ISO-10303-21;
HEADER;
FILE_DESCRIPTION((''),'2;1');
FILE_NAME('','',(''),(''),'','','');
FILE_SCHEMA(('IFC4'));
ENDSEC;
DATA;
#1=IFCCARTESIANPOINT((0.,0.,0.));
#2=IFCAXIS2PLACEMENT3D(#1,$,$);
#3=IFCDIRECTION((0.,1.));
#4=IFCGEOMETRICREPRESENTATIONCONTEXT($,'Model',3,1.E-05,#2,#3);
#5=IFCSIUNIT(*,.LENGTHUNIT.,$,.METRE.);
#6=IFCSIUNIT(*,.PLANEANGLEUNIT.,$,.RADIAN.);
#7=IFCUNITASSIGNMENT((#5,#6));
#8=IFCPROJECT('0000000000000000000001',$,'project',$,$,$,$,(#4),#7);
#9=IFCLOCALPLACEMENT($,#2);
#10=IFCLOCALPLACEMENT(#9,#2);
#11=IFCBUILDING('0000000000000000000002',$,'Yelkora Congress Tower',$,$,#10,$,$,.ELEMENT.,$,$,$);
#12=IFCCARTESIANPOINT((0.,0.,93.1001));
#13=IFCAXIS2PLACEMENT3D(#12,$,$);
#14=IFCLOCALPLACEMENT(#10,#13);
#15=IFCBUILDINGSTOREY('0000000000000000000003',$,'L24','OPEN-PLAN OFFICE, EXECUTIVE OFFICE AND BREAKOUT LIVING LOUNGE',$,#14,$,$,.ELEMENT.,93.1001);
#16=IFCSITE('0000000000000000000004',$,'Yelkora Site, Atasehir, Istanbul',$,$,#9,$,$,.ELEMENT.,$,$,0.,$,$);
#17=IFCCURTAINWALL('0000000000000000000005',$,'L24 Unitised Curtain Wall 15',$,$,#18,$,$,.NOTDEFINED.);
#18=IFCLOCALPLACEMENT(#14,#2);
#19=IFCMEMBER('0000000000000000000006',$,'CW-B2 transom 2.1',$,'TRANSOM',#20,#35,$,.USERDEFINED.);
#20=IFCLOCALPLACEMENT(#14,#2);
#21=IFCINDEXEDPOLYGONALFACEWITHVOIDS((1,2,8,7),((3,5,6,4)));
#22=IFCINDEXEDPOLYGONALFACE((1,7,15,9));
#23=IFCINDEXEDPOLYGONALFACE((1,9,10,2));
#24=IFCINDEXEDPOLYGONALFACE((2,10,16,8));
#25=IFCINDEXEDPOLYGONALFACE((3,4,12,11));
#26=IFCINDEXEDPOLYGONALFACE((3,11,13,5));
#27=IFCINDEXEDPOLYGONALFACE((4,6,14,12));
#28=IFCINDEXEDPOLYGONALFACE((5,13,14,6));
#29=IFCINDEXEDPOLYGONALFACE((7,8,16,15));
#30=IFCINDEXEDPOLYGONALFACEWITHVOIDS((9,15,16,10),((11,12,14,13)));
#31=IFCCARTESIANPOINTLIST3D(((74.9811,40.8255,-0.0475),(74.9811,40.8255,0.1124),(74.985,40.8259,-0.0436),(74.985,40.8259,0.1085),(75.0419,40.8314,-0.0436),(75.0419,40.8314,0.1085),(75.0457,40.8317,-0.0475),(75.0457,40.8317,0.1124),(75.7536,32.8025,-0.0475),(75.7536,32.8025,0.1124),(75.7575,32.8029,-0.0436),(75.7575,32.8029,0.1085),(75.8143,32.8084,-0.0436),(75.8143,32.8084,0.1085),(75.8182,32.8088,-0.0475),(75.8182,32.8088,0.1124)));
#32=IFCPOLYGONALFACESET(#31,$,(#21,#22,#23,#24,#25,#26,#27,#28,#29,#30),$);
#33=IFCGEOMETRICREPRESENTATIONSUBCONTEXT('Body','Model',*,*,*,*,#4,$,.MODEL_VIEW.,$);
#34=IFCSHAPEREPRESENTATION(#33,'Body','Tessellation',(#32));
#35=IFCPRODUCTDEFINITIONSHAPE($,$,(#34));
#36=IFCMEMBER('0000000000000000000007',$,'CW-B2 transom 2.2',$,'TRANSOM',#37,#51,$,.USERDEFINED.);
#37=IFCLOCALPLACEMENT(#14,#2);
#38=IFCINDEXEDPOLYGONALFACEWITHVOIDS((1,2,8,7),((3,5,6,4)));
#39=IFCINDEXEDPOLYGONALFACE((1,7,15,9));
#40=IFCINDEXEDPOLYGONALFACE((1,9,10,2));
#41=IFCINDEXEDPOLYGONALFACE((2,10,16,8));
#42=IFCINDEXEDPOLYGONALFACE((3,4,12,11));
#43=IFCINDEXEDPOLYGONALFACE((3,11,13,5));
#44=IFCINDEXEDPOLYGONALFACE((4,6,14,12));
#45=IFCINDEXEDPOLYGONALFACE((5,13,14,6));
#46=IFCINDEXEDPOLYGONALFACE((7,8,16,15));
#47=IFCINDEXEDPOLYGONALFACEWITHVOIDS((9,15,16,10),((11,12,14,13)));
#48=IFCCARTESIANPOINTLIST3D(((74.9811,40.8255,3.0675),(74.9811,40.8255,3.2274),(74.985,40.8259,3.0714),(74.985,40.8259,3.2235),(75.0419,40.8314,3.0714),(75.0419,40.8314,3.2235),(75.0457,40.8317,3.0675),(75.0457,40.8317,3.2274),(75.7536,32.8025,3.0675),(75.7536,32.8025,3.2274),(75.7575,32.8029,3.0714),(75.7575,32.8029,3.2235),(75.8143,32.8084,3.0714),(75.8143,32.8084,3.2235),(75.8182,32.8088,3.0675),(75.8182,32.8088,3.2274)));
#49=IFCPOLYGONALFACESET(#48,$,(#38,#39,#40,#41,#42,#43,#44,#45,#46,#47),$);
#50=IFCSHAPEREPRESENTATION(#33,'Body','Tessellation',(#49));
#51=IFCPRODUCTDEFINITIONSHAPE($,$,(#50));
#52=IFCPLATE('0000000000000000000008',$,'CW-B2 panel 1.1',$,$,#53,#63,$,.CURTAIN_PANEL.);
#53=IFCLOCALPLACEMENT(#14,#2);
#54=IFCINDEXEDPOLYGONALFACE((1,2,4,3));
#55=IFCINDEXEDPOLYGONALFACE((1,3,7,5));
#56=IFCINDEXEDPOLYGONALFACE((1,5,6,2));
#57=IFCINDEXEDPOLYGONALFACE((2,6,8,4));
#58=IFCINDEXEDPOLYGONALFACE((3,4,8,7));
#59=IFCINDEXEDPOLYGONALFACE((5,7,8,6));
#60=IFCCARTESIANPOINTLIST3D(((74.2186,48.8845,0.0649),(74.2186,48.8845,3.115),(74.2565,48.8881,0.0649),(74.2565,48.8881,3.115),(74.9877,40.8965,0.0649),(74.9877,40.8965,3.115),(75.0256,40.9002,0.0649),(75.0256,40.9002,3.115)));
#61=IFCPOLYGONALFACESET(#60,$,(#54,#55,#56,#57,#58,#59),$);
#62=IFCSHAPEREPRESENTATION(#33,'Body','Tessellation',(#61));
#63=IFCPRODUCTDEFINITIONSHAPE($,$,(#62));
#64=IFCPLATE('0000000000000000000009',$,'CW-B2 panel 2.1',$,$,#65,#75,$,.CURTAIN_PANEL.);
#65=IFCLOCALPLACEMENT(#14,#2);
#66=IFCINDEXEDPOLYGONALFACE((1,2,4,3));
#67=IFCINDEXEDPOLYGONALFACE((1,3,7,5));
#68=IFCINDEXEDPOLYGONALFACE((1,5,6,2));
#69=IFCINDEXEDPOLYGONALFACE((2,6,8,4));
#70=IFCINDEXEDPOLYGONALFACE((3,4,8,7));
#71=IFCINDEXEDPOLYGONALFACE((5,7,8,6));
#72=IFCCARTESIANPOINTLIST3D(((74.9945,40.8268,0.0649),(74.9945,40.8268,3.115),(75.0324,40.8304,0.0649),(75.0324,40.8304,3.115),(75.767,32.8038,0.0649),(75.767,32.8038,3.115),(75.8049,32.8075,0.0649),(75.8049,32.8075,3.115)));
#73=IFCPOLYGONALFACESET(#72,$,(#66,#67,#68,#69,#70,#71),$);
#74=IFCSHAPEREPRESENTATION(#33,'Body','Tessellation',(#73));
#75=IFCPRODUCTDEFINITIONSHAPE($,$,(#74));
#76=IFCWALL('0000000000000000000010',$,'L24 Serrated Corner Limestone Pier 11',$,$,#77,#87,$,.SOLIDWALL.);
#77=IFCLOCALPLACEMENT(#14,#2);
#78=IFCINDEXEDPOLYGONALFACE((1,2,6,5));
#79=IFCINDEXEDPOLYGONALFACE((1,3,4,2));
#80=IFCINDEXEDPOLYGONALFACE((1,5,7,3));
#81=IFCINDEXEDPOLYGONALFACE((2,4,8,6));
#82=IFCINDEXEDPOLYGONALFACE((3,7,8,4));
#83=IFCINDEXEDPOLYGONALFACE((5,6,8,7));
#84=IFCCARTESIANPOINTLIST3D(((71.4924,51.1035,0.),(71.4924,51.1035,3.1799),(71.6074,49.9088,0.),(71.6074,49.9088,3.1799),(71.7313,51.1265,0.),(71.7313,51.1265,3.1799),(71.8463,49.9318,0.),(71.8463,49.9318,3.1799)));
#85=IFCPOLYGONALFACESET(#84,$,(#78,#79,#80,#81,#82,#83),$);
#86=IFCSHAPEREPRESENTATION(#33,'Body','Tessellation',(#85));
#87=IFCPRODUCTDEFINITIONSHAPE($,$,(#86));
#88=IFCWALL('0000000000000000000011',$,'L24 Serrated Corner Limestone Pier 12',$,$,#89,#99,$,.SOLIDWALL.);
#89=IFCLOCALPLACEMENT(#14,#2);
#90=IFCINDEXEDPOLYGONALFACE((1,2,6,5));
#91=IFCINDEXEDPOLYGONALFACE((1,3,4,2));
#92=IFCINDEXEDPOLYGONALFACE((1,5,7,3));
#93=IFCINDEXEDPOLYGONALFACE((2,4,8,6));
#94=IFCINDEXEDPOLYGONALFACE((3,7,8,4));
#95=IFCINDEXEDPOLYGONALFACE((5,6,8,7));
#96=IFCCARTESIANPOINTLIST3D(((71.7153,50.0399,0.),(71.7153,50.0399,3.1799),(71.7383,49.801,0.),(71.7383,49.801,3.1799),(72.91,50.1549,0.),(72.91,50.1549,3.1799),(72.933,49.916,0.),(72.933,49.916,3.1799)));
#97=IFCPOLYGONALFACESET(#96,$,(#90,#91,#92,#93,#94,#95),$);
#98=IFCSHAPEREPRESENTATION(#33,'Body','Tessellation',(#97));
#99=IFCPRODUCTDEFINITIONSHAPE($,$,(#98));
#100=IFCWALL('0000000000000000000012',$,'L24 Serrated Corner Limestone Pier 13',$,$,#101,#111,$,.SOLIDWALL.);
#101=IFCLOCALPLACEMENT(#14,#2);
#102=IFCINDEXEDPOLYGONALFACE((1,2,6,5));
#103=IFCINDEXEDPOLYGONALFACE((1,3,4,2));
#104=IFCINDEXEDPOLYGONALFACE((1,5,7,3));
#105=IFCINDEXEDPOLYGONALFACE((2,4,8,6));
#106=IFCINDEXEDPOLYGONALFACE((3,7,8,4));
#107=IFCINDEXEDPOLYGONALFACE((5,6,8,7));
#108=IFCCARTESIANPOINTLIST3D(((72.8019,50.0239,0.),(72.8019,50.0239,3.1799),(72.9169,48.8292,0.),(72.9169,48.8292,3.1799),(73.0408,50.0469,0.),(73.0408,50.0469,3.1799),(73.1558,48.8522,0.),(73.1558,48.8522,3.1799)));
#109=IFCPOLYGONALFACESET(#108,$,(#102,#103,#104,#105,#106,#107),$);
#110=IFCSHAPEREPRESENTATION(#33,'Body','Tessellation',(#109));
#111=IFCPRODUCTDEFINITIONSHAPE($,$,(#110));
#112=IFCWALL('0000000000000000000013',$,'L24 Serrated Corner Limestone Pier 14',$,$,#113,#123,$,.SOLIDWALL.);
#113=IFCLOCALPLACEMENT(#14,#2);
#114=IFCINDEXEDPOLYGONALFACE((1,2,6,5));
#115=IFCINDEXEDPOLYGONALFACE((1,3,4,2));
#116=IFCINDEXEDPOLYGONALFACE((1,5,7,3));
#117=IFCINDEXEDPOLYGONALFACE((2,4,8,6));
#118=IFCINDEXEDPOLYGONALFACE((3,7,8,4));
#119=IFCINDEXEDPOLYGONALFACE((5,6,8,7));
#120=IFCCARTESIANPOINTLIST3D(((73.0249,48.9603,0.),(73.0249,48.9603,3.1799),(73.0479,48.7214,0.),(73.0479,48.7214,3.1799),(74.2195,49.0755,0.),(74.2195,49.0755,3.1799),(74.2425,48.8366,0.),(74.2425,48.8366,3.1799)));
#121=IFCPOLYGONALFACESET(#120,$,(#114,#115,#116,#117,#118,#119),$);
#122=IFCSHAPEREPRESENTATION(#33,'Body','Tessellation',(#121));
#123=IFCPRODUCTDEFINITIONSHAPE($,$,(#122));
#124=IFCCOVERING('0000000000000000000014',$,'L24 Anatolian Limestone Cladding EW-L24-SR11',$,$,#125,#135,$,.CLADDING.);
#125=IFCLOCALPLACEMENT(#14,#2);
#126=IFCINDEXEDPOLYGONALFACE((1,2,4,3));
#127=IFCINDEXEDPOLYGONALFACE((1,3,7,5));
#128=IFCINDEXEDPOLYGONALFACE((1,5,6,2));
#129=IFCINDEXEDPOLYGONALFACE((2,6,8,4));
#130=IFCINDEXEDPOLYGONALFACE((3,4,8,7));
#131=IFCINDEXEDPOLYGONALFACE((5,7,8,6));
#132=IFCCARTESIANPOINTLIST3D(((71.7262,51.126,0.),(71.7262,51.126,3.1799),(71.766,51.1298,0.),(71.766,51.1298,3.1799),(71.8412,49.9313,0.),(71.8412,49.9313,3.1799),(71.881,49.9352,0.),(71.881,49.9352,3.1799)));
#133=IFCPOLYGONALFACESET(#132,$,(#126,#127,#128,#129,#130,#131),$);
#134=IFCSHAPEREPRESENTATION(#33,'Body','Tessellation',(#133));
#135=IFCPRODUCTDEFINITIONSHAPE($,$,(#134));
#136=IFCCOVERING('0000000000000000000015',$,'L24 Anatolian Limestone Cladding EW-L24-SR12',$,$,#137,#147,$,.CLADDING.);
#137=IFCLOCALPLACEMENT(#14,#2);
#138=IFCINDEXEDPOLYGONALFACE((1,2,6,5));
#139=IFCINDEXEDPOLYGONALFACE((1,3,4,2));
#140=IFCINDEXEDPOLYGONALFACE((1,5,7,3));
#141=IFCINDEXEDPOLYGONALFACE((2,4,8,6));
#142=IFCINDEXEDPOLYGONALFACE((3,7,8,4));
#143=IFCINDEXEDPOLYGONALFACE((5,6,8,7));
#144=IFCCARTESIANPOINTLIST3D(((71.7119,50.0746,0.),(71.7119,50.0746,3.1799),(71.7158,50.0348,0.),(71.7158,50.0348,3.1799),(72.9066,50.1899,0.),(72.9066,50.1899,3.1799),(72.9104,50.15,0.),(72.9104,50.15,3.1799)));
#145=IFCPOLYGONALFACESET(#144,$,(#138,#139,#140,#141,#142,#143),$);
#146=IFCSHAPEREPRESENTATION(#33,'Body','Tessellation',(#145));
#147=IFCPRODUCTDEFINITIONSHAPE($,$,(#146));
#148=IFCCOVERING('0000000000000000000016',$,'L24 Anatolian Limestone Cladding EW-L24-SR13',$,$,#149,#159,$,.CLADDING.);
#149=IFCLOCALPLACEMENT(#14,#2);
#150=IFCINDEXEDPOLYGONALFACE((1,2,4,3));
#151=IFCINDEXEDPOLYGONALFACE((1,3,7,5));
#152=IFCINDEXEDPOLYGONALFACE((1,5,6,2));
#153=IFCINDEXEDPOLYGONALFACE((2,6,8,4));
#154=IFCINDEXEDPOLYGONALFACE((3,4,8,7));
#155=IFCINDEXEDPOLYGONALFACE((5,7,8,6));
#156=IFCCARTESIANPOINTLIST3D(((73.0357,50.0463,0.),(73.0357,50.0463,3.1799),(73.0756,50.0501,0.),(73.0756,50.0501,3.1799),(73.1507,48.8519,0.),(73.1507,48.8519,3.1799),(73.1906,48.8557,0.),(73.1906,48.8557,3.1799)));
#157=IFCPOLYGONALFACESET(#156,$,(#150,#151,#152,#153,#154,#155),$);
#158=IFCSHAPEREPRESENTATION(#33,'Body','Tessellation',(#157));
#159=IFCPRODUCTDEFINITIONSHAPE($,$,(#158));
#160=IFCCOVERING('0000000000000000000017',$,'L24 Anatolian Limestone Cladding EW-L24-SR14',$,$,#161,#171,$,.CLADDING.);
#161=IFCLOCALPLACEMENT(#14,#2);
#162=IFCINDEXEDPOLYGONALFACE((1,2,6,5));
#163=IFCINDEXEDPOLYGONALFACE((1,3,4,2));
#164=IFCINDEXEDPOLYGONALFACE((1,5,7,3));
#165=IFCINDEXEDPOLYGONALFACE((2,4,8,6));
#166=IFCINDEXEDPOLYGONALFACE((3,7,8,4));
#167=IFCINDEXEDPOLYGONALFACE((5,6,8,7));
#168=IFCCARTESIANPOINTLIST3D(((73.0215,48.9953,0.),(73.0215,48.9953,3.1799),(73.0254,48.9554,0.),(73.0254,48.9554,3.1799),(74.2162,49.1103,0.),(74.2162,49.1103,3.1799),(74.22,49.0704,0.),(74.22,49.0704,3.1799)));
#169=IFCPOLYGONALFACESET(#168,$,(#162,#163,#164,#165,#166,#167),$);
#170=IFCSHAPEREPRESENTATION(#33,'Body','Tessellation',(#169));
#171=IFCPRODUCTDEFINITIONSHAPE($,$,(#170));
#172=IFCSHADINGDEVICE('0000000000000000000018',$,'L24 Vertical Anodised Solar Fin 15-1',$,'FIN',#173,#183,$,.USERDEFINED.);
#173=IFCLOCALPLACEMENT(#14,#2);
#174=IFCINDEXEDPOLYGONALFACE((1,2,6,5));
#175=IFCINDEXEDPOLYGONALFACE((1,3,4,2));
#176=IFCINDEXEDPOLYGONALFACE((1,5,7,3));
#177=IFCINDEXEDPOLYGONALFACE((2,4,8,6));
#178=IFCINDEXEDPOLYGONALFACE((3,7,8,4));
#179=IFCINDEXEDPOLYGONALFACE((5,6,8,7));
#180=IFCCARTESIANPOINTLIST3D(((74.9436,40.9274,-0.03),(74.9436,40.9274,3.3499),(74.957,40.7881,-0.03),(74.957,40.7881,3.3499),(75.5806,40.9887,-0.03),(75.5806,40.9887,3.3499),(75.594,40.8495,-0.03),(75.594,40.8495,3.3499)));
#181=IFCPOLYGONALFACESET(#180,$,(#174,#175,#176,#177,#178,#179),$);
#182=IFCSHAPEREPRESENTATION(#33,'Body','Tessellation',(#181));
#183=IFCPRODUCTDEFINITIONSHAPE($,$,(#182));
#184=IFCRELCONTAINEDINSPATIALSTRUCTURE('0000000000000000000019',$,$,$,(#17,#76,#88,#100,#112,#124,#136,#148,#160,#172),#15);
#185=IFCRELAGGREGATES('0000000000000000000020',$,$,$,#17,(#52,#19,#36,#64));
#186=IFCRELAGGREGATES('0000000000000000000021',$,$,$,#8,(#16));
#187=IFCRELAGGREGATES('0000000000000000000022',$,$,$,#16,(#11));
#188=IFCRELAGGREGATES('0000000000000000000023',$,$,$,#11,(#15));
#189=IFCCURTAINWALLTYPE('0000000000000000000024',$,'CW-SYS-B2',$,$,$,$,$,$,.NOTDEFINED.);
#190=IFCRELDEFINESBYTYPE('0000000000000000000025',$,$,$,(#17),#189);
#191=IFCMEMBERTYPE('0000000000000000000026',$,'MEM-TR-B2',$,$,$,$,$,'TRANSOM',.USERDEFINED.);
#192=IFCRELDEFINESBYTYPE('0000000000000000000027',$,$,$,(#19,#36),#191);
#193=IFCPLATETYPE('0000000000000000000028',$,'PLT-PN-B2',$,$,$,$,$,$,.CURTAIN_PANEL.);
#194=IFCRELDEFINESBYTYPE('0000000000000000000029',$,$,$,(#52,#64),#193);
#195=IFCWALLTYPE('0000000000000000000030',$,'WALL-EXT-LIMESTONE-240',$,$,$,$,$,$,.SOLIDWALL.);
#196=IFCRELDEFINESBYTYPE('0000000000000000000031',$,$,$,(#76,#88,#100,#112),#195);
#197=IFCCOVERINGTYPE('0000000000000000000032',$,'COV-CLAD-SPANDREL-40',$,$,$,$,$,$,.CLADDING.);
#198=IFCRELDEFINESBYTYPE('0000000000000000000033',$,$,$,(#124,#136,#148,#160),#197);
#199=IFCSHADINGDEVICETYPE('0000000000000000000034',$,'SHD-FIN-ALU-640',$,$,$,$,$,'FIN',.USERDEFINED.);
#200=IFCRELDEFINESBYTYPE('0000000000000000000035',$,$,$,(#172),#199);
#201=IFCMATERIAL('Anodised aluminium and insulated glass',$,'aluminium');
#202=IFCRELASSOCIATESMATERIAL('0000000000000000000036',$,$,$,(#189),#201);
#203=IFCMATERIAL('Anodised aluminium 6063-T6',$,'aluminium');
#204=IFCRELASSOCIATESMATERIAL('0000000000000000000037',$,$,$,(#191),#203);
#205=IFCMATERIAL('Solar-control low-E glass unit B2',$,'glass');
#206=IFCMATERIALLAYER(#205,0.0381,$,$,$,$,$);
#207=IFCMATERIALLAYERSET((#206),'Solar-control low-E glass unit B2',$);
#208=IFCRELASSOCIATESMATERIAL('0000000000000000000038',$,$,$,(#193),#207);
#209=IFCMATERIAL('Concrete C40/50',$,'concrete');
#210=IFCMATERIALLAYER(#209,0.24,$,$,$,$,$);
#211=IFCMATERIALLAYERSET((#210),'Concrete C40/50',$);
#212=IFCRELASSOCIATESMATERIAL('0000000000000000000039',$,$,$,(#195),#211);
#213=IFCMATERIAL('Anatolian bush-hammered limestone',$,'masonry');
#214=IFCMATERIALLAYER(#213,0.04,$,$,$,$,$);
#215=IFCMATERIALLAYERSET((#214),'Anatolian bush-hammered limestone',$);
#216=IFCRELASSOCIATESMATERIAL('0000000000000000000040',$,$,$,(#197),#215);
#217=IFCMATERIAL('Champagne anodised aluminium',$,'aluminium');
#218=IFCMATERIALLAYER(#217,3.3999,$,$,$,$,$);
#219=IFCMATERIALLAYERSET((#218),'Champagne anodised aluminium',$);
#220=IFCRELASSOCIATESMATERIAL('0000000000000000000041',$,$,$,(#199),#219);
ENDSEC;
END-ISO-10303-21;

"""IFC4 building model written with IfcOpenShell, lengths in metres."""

from ifc_helpers import new_model, si_unit, direction, frame, frame_2d, origin, origin_2d, place, context, subcontext, project, spatial, rectangle, hollow_rectangle, extrude, material, layer, layer_set, material_profile, profile_set, type_object, element, aggregate, save


model = new_model("IFC4")

# Units and contexts
model_context = context("Model", 3, precision=1e-05, world=origin(), true_north=direction((0.0, 1.0)))
body_context = subcontext(model_context, "Body", "Model", "MODEL_VIEW")
ifc_project = project(units=[si_unit("LENGTHUNIT", "METRE"), si_unit("PLANEANGLEUNIT", "RADIAN")], contexts=[model_context])

# Site, building, storey
site_placement = place(None, origin())
site = spatial("IfcSite", under=ifc_project, at=site_placement, Name="Yelkora Site, Atasehir, Istanbul", CompositionType="ELEMENT", RefElevation=0.0)
building_placement = place(site_placement, origin())
building = spatial("IfcBuilding", under=site, at=building_placement, Name="Yelkora Congress Tower", CompositionType="ELEMENT")
storey_placement = place(building_placement, frame((0.0, 0.0, 93.1001)))
storey = spatial("IfcBuildingStorey", under=building, at=storey_placement, Name="L24", Description="OPEN-PLAN OFFICE, EXECUTIVE OFFICE AND BREAKOUT LIVING LOUNGE", CompositionType="ELEMENT", Elevation=93.1001)

# Shared definitions
ifc_material_1 = material(Name="Anodised aluminium and insulated glass", Category="aluminium")
curtain_wall_type = type_object("IfcCurtainWallType", Name="CW-SYS-B2", PredefinedType="NOTDEFINED", material=ifc_material_1)
ifc_material_2 = material(Name="Anodised aluminium 6063-T6", Category="aluminium")

# Curtain wall, members, plates
curtain_wall_1_placement = place(storey_placement, origin())
curtain_wall_1 = element("IfcCurtainWall", 1, at=curtain_wall_1_placement, inside=storey, type_object=curtain_wall_type, Name="L24 Unitised Curtain Wall 15", PredefinedType="NOTDEFINED")
ifc_material_profile_1 = material_profile(ifc_material_2, hollow_rectangle(XDim=0.0649, YDim=0.1599, WallThickness=0.0039, at=origin_2d()), Name="ALU 65x160x4")
ifc_profile_set_1 = profile_set([ifc_material_profile_1], Name="Anodised aluminium 6063-T6")
member_type_1 = type_object("IfcMemberType", Name="MEM-TR-B2", ElementType="TRANSOM", PredefinedType="USERDEFINED", material=ifc_profile_set_1)
member_1_placement = place(storey_placement, frame((75.0134, 40.8286, 0.0325), z_axis=(0.095838, -0.995397, 0.0), x_axis=(0.995397, 0.095838, 0.0)))
member_1 = element("IfcMember", 2, at=member_1_placement, type_object=member_type_1, Name="CW-B2 transom 2.1", ObjectType="TRANSOM", PredefinedType="USERDEFINED", context=body_context, shape_type="SweptSolid", body=[
    extrude(hollow_rectangle(XDim=0.0649, YDim=0.1599, WallThickness=0.0039, at=origin_2d()), origin(), (0.0, 0.0, 1.0), 8.0601),
])
member_2_placement = place(storey_placement, frame((75.0134, 40.8286, 3.1475), z_axis=(0.095838, -0.995397, 0.0), x_axis=(0.995397, 0.095838, 0.0)))
member_2 = element("IfcMember", 3, at=member_2_placement, type_object=member_type_1, Name="CW-B2 transom 2.2", ObjectType="TRANSOM", PredefinedType="USERDEFINED", context=body_context, shape_type="SweptSolid", body=[
    extrude(hollow_rectangle(XDim=0.0649, YDim=0.1599, WallThickness=0.0039, at=origin_2d()), origin(), (0.0, 0.0, 1.0), 8.0601),
])
ifc_material_3 = material(Name="Solar-control low-E glass unit B2", Category="glass")
ifc_layer_1 = layer(ifc_material_3, 0.0381)
ifc_layer_set_1 = layer_set([ifc_layer_1], Name="Solar-control low-E glass unit B2")
plate_type = type_object("IfcPlateType", Name="PLT-PN-B2", PredefinedType="CURTAIN_PANEL", material=ifc_layer_set_1)
plate_1_placement = place(storey_placement, frame((74.6221, 44.8923, 0.0649), z_axis=(0.0, 0.0, 1.0), x_axis=(0.095843, -0.995397, 0.0)))
plate_1 = element("IfcPlate", 4, at=plate_1_placement, type_object=plate_type, Name="CW-B2 panel 1.1", PredefinedType="CURTAIN_PANEL", context=body_context, shape_type="SweptSolid", body=[
    extrude(rectangle(XDim=8.0249, YDim=0.0381, at=origin_2d()), origin(), (0.0, 0.0, 1.0), 3.05),
])
plate_2_placement = place(storey_placement, frame((75.3997, 36.8171, 0.0649), z_axis=(0.0, 0.0, 1.0), x_axis=(0.095843, -0.995397, 0.0)))
plate_2 = element("IfcPlate", 5, at=plate_2_placement, type_object=plate_type, Name="CW-B2 panel 2.1", PredefinedType="CURTAIN_PANEL", context=body_context, shape_type="SweptSolid", body=[
    extrude(rectangle(XDim=8.0601, YDim=0.0381, at=origin_2d()), origin(), (0.0, 0.0, 1.0), 3.05),
])
aggregate(curtain_wall_1, [plate_1, member_1, member_2, plate_2])

# Walls
ifc_material_4 = material(Name="Concrete C40/50", Category="concrete")
ifc_layer_2 = layer(ifc_material_4, 0.24)
ifc_layer_set_2 = layer_set([ifc_layer_2], Name="Concrete C40/50")
wall_type = type_object("IfcWallType", Name="WALL-EXT-LIMESTONE-240", PredefinedType="SOLIDWALL", material=ifc_layer_set_2)
for number, where, z_axis, x_axis, name in (
    (6, (71.6118, 51.115, 0.0), (0.0, 0.0, 1.0), (0.095817, -0.995399, 0.0), "L24 Serrated Corner Limestone Pier 11"),
    (7, (71.7268, 49.9204, 0.0), (0.0, 0.0, 1.0), (0.995399, 0.095817, 0.0), "L24 Serrated Corner Limestone Pier 12"),
    (8, (72.9214, 50.0354, 0.0), (0.0, 0.0, 1.0), (0.095817, -0.995399, 0.0), "L24 Serrated Corner Limestone Pier 13"),
    (9, (73.0364, 48.8408, 0.0), (0.0, 0.0, 1.0), (0.99538, 0.096019, 0.0), "L24 Serrated Corner Limestone Pier 14"),
):
    element("IfcWall", number, at=place(storey_placement, frame(where, z_axis=z_axis, x_axis=x_axis)), inside=storey, type_object=wall_type, Name=name, PredefinedType="SOLIDWALL", context=body_context, shape_type="SweptSolid", body=[
        extrude(rectangle(XDim=1.2002, YDim=0.24, at=frame_2d((0.6001, 0.0))), origin(), (0.0, 0.0, 1.0), 3.1799),
    ])

# Coverings
ifc_material_5 = material(Name="Anatolian bush-hammered limestone", Category="masonry")
ifc_layer_3 = layer(ifc_material_5, 0.04)
ifc_layer_set_3 = layer_set([ifc_layer_3], Name="Anatolian bush-hammered limestone")
covering_type = type_object("IfcCoveringType", Name="COV-CLAD-SPANDREL-40", PredefinedType="CLADDING", material=ifc_layer_set_3)
for number, where, z_axis, x_axis, name in (
    (10, (71.7461, 51.1279, 0.0), (0.0, 0.0, 1.0), (0.095817, -0.995399, 0.0), "L24 Anatolian Limestone Cladding EW-L24-SR11"),
    (11, (71.7139, 50.0547, 0.0), (0.0, 0.0, 1.0), (0.99538, 0.096019, 0.0), "L24 Anatolian Limestone Cladding EW-L24-SR12"),
):
    element("IfcCovering", number, at=place(storey_placement, frame(where, z_axis=z_axis, x_axis=x_axis)), inside=storey, type_object=covering_type, Name=name, PredefinedType="CLADDING", context=body_context, shape_type="SweptSolid", body=[
        extrude(rectangle(XDim=1.2002, YDim=0.04, at=frame_2d((0.6001, 0.0))), origin(), (0.0, 0.0, 1.0), 3.1799),
    ])
covering_1_placement = place(storey_placement, frame((73.0557, 50.0483, 0.0), z_axis=(0.0, 0.0, 1.0), x_axis=(0.095836, -0.995397, 0.0)))
element("IfcCovering", 12, at=covering_1_placement, inside=storey, type_object=covering_type, Name="L24 Anatolian Limestone Cladding EW-L24-SR13", PredefinedType="CLADDING", context=body_context, shape_type="SweptSolid", body=[
    extrude(rectangle(XDim=1.2, YDim=0.04, at=frame_2d((0.6001, 0.0))), origin(), (0.0, 0.0, 1.0), 3.1799),
])
covering_2_placement = place(storey_placement, frame((73.0234, 48.9753, 0.0), z_axis=(0.0, 0.0, 1.0), x_axis=(0.995399, 0.095817, 0.0)))
element("IfcCovering", 13, at=covering_2_placement, inside=storey, type_object=covering_type, Name="L24 Anatolian Limestone Cladding EW-L24-SR14", PredefinedType="CLADDING", context=body_context, shape_type="SweptSolid", body=[
    extrude(rectangle(XDim=1.2002, YDim=0.04, at=frame_2d((0.6001, 0.0))), origin(), (0.0, 0.0, 1.0), 3.1799),
])

# Shading device
ifc_material_6 = material(Name="Champagne anodised aluminium", Category="aluminium")
ifc_layer_4 = layer(ifc_material_6, 3.3999)
ifc_layer_set_4 = layer_set([ifc_layer_4], Name="Champagne anodised aluminium")
shading_device_type = type_object("IfcShadingDeviceType", Name="SHD-FIN-ALU-640", ElementType="FIN", PredefinedType="USERDEFINED", material=ifc_layer_set_4)
shading_device_placement = place(storey_placement, frame((75.2688, 40.8884, -0.03), z_axis=(0.0, 0.0, 1.0), x_axis=(0.095846, -0.995396, 0.0)))
element("IfcShadingDevice", 14, at=shading_device_placement, inside=storey, type_object=shading_device_type, Name="L24 Vertical Anodised Solar Fin 15-1", ObjectType="FIN", PredefinedType="USERDEFINED", context=body_context, shape_type="SweptSolid", body=[
    extrude(rectangle(XDim=0.1399, YDim=0.6399, at=origin_2d()), origin(), (0.0, 0.0, 1.0), 3.3799),
])

save(model, "model.ifc")
